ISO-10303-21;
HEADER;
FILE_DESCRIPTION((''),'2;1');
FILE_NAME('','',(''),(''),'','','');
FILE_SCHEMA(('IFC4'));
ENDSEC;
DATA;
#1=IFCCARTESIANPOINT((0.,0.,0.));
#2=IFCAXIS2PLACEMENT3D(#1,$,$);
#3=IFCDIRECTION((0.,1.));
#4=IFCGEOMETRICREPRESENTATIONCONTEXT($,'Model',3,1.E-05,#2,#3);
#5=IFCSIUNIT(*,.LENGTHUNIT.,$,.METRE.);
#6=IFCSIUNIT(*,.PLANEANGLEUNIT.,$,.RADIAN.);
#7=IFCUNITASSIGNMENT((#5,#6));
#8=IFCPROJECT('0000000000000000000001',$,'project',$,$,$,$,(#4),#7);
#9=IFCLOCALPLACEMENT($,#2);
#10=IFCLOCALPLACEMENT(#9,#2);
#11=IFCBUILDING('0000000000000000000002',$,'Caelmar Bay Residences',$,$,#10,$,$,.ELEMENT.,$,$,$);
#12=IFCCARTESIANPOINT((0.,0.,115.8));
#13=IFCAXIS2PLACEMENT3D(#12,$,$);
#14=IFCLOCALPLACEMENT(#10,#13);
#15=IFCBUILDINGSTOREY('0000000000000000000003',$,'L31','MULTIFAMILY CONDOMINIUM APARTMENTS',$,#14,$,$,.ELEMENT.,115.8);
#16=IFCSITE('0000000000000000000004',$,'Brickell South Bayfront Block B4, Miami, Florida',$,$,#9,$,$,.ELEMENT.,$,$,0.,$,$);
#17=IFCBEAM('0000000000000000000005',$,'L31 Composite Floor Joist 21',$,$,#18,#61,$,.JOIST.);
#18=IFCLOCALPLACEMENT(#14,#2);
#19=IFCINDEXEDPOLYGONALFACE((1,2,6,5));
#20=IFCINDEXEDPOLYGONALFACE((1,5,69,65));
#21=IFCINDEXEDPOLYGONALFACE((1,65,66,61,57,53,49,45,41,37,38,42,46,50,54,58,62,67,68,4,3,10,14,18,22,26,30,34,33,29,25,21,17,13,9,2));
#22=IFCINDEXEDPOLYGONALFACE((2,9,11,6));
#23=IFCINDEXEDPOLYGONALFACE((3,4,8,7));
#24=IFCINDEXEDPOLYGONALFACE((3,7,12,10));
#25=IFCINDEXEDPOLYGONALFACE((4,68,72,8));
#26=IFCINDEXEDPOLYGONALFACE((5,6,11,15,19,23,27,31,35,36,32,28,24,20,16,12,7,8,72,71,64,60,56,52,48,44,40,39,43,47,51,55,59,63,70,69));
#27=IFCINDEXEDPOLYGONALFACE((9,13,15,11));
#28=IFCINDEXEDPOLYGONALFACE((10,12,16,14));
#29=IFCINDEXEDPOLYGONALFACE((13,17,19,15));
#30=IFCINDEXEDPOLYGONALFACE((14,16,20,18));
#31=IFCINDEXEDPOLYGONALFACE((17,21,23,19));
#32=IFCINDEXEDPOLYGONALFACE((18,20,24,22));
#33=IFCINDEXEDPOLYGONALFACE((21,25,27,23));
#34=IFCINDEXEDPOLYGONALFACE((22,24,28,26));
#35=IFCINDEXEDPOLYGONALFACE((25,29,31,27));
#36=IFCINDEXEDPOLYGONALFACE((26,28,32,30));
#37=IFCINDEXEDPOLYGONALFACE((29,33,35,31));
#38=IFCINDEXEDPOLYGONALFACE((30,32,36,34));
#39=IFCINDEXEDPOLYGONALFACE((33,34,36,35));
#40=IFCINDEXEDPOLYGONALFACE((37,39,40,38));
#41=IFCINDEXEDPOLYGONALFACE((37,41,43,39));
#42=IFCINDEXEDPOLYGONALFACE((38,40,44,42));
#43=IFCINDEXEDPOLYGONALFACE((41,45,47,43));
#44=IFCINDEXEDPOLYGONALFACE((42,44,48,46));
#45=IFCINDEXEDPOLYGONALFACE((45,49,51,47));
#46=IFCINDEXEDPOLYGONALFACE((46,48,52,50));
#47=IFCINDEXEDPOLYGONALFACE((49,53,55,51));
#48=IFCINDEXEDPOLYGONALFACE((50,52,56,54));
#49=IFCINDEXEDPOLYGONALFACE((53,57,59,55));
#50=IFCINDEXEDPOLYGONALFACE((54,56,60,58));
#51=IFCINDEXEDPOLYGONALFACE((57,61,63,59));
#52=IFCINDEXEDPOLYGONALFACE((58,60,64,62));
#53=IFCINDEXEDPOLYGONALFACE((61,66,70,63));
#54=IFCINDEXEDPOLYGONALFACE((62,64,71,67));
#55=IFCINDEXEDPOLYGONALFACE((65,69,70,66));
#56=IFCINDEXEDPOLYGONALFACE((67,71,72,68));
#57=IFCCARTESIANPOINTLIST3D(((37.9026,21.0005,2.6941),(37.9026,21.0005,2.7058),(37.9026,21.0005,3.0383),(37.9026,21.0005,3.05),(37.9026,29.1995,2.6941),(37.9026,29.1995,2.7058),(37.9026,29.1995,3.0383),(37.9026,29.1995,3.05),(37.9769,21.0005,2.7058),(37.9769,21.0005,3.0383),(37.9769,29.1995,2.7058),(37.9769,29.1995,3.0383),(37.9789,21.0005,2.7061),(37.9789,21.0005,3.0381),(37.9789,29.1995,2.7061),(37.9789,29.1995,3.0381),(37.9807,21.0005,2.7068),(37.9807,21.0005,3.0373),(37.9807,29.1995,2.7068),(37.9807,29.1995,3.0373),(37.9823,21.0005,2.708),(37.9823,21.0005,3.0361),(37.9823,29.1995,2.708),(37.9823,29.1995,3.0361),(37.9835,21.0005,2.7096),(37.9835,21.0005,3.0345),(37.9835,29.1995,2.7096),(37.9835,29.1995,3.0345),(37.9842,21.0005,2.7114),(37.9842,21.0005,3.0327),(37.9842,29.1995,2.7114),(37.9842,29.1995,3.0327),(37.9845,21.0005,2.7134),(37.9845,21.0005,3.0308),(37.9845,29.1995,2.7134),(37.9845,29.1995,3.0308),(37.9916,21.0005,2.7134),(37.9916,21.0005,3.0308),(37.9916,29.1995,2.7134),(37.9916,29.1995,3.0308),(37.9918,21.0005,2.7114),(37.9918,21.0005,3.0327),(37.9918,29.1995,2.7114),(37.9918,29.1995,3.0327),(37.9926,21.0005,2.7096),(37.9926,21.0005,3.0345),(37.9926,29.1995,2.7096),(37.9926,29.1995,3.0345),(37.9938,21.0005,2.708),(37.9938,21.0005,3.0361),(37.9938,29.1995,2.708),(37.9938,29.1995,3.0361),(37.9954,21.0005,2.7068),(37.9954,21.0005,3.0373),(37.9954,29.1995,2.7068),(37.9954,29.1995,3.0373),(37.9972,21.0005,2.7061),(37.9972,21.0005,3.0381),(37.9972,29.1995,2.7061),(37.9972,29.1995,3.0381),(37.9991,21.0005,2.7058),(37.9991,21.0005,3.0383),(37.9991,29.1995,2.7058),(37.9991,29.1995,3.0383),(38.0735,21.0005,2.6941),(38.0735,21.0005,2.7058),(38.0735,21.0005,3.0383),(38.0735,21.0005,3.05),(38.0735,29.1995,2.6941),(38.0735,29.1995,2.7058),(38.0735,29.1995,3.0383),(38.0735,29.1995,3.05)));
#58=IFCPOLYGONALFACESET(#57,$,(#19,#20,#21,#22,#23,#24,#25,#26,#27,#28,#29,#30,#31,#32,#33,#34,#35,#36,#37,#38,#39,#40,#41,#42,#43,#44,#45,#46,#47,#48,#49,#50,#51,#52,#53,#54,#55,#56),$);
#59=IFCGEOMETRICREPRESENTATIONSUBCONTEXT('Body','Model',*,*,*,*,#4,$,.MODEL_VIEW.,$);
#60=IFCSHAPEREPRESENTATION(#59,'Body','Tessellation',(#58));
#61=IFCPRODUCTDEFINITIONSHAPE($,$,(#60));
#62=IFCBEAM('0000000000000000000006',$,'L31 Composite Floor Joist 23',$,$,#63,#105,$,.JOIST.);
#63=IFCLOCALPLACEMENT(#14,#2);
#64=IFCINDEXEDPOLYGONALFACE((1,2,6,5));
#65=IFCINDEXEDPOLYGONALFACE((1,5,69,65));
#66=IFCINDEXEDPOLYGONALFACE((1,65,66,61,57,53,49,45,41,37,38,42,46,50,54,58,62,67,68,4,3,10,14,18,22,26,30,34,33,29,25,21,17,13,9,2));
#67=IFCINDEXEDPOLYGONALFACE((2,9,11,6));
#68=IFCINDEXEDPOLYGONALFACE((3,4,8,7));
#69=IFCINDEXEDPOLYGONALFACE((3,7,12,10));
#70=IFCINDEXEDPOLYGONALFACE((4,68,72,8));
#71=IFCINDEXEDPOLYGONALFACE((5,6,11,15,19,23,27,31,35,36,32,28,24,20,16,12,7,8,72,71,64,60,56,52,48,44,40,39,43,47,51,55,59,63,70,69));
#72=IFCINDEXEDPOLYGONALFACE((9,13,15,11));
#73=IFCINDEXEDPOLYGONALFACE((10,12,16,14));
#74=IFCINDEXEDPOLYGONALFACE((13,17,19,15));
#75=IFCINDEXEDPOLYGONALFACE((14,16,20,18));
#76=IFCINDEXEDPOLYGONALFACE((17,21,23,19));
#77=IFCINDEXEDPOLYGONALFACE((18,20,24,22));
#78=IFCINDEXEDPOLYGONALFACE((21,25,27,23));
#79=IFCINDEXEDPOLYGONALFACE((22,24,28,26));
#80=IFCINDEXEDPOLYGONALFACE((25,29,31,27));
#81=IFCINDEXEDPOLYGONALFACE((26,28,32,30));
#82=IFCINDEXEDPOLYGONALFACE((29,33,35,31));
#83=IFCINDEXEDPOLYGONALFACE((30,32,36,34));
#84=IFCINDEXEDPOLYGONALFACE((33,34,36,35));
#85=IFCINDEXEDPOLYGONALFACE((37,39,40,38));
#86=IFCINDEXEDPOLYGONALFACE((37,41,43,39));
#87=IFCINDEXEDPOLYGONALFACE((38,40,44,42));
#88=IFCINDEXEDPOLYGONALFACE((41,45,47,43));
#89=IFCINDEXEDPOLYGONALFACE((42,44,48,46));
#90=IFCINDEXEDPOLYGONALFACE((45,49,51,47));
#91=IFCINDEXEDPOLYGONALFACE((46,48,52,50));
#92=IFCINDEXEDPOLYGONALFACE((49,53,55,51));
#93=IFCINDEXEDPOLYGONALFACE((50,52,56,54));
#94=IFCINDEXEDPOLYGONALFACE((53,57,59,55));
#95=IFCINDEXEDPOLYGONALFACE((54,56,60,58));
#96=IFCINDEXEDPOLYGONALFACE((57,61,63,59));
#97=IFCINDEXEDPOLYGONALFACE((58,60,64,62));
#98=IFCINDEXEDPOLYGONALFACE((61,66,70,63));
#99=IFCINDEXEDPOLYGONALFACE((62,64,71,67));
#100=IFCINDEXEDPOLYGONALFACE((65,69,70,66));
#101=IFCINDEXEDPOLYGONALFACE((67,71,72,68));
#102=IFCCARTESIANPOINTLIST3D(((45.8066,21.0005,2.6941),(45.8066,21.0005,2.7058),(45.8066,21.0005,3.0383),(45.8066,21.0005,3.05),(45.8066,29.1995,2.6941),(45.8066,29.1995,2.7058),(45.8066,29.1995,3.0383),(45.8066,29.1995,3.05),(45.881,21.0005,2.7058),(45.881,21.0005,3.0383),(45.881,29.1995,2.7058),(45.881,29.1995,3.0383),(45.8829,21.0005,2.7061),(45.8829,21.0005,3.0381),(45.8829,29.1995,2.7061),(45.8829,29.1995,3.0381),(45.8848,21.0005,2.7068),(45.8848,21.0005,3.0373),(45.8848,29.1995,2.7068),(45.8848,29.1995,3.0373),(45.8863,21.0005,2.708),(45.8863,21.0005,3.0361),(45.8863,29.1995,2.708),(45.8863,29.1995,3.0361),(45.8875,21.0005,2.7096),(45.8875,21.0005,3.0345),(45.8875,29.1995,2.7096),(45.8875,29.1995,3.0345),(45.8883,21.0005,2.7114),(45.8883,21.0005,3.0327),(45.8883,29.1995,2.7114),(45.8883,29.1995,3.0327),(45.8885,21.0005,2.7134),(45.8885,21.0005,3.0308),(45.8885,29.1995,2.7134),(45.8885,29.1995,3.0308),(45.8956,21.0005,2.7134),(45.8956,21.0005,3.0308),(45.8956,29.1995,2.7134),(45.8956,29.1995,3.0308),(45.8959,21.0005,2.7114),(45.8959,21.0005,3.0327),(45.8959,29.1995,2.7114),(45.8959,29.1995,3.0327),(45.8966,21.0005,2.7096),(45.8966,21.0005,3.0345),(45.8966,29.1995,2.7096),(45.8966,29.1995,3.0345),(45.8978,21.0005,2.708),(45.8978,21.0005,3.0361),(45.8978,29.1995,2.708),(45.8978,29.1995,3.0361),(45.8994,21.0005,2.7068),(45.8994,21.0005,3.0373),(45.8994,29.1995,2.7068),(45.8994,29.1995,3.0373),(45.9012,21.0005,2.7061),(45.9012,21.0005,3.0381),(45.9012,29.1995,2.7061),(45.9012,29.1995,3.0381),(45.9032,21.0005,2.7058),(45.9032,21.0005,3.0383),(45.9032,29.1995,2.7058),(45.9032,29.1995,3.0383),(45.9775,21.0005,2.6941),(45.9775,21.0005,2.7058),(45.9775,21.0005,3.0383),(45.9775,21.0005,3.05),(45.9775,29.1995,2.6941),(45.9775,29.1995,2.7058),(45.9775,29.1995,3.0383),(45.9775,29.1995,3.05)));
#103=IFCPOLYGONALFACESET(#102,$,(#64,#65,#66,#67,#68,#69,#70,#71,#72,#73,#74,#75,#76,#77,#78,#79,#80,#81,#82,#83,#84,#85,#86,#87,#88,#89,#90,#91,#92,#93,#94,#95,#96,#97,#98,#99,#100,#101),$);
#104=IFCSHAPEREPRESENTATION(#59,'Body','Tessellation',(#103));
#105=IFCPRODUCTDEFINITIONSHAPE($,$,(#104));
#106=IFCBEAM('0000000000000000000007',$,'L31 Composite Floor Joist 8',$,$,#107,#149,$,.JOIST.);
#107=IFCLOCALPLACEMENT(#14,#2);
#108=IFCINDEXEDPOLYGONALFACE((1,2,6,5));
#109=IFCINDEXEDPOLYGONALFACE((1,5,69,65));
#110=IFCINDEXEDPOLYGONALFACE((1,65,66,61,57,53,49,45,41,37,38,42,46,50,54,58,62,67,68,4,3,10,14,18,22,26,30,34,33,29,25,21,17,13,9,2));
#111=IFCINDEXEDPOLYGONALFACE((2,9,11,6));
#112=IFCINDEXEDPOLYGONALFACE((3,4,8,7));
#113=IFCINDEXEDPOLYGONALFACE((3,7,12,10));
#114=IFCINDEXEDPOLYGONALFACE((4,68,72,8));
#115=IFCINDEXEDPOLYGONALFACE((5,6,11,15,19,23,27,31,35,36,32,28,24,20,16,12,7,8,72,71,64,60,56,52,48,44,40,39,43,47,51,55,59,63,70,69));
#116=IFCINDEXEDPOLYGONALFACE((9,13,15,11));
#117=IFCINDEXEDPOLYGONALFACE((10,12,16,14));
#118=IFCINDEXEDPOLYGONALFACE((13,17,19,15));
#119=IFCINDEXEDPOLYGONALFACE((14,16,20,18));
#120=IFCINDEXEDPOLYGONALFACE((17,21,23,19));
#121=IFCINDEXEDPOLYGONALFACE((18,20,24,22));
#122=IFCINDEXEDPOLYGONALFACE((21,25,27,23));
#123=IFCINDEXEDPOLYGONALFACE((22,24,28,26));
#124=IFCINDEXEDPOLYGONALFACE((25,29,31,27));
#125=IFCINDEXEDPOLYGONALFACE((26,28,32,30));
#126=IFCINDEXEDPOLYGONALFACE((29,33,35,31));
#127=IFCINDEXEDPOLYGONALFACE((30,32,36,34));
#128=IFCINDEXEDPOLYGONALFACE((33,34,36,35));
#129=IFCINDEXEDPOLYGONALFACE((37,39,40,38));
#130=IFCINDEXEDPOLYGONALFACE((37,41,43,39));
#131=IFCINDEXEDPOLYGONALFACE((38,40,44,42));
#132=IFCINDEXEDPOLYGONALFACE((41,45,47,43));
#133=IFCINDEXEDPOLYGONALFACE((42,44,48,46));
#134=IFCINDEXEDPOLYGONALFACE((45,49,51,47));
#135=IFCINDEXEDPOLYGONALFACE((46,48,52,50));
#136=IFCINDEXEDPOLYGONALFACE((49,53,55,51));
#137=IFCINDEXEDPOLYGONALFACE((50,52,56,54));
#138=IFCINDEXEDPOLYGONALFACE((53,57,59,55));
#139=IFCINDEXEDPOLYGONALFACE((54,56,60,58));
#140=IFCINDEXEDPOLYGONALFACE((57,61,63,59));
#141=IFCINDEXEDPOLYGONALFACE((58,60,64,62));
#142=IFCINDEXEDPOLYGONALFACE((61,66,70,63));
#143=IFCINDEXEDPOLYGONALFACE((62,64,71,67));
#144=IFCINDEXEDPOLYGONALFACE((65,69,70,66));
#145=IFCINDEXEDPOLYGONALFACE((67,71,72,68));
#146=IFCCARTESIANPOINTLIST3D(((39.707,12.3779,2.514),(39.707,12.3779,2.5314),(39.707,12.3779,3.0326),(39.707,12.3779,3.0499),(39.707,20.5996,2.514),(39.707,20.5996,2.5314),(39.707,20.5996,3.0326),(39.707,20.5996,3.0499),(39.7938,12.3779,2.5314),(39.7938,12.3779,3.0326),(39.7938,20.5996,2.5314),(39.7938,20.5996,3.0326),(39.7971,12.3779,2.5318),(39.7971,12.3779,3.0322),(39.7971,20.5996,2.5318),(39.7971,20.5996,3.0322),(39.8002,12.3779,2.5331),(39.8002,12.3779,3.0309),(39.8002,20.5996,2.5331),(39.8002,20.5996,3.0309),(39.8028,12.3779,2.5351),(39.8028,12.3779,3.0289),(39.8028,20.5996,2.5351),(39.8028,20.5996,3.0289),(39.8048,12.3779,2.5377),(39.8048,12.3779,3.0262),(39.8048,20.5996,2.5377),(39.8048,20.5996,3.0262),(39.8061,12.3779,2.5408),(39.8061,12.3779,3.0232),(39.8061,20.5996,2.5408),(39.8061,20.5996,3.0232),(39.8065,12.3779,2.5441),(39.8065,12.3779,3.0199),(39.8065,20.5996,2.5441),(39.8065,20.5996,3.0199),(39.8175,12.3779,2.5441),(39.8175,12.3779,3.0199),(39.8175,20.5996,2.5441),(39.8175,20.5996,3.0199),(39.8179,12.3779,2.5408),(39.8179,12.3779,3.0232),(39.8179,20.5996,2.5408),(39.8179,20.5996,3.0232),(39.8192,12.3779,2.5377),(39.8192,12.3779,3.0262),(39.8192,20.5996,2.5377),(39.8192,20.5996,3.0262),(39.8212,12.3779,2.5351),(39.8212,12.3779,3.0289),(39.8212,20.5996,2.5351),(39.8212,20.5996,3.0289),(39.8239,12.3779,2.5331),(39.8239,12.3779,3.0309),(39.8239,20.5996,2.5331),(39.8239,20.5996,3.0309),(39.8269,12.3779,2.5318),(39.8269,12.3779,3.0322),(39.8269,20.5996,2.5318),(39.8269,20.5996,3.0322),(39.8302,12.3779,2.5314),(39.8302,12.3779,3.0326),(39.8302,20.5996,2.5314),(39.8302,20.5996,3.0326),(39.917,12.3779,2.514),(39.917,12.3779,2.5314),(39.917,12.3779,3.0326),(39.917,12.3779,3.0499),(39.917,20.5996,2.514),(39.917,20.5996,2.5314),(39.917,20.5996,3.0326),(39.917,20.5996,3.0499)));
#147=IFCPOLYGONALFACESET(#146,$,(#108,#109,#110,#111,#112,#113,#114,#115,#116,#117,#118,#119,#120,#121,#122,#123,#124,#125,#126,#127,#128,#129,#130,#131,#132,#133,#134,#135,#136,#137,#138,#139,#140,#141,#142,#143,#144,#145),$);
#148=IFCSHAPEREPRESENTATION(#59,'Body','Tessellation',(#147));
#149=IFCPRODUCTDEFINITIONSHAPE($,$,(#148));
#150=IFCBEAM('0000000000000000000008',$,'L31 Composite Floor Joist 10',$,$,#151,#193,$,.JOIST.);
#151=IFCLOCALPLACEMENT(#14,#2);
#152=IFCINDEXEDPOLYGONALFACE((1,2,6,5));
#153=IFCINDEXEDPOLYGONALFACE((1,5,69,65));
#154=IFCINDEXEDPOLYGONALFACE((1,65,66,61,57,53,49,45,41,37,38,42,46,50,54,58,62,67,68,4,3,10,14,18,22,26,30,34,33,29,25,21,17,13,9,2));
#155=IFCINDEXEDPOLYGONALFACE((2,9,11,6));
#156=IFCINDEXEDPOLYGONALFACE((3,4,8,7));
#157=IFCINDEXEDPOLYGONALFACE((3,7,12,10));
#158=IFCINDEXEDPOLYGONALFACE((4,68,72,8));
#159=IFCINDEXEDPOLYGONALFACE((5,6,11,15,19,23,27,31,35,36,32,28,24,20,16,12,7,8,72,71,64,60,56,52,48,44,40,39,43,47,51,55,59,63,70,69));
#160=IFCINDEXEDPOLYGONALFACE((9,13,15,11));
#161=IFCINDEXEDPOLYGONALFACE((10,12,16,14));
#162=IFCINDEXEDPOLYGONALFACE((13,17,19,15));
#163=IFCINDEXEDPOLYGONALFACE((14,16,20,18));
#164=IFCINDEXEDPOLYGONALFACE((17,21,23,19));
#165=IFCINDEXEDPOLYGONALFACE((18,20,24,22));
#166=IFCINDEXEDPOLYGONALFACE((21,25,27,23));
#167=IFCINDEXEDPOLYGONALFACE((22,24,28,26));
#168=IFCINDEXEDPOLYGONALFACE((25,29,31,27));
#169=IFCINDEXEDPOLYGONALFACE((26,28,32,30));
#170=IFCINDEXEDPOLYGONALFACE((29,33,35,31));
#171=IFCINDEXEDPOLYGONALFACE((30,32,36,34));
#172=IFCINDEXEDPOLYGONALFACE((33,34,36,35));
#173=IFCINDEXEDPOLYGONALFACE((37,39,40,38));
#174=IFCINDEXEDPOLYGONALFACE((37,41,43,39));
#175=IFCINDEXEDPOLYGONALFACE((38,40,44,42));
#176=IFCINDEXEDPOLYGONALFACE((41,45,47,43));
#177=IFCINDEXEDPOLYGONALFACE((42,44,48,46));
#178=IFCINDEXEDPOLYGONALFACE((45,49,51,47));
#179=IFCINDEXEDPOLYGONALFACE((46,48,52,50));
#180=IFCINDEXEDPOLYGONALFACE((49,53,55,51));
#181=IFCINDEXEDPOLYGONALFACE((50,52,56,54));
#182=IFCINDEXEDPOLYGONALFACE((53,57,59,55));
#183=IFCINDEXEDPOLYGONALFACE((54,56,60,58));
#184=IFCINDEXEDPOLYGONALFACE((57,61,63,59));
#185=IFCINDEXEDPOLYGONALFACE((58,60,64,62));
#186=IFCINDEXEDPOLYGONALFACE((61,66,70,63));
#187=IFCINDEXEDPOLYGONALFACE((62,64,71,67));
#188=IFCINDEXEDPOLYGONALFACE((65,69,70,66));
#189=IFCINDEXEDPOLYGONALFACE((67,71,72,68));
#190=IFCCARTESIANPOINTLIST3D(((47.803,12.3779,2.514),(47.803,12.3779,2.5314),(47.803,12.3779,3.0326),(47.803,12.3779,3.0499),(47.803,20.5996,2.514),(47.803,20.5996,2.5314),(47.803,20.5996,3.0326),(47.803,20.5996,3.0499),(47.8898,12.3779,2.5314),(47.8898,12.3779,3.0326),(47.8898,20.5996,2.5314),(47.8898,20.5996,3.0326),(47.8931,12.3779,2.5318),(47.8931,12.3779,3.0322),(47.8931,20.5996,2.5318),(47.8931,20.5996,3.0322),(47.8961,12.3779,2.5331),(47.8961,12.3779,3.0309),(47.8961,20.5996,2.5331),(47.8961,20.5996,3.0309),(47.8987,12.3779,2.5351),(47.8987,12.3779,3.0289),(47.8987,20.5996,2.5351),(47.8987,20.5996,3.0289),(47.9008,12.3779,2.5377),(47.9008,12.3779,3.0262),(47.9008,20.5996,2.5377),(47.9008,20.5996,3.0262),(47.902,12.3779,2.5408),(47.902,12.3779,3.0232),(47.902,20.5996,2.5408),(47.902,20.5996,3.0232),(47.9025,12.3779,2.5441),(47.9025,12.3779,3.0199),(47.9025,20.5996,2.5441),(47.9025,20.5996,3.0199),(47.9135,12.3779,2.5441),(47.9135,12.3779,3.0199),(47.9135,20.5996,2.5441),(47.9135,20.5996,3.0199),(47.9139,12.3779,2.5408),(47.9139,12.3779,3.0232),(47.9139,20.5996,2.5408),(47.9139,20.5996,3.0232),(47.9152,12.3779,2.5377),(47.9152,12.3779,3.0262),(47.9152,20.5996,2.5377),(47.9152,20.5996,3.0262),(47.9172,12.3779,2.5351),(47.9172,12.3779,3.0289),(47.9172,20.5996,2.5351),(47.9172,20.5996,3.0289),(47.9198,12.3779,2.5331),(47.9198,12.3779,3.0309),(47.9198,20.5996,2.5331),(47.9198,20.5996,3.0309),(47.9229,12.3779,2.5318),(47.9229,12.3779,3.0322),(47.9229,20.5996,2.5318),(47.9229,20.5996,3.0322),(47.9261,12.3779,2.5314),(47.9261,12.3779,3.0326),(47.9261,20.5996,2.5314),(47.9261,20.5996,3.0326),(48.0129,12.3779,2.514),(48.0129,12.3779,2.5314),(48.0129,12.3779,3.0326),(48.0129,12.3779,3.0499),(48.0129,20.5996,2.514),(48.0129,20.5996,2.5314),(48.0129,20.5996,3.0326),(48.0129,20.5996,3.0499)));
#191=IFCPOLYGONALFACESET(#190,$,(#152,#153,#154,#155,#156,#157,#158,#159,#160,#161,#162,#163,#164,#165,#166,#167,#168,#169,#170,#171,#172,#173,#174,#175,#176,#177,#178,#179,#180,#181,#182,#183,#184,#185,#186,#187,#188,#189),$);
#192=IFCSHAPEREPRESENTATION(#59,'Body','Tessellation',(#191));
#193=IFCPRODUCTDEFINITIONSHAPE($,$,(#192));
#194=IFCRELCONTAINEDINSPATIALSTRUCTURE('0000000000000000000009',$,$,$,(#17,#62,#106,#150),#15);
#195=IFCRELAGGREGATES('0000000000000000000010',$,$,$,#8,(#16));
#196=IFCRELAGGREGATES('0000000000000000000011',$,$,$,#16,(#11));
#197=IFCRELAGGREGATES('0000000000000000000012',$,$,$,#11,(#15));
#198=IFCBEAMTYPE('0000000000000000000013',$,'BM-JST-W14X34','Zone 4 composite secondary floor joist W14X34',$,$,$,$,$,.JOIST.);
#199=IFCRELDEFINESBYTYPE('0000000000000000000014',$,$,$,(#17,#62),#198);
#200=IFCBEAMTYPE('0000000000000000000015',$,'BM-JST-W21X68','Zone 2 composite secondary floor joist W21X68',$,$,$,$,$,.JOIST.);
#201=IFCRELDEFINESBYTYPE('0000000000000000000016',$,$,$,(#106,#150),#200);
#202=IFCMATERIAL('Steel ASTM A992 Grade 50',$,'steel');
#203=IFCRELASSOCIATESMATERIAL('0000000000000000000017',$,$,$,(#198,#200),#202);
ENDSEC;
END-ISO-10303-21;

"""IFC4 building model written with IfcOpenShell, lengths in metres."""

from ifc_helpers import new_model, si_unit, direction, frame, origin, origin_2d, place, context, subcontext, project, spatial, i_section, extrude, material, material_profile, profile_set, type_object, element, save


model = new_model("IFC4")

# Units and contexts
model_context = context("Model", 3, precision=1e-05, world=origin(), true_north=direction((0.0, 1.0)))
body_context = subcontext(model_context, "Body", "Model", "MODEL_VIEW")
ifc_project = project(units=[si_unit("LENGTHUNIT", "METRE"), si_unit("PLANEANGLEUNIT", "RADIAN")], contexts=[model_context])

# Site, building, storey
site_placement = place(None, origin())
site = spatial("IfcSite", under=ifc_project, at=site_placement, Name="Brickell South Bayfront Block B4, Miami, Florida", CompositionType="ELEMENT", RefElevation=0.0)
building_placement = place(site_placement, origin())
building = spatial("IfcBuilding", under=site, at=building_placement, Name="Caelmar Bay Residences", CompositionType="ELEMENT")
storey_placement = place(building_placement, frame((0.0, 0.0, 115.8)))
storey = spatial("IfcBuildingStorey", under=building, at=storey_placement, Name="L31", Description="MULTIFAMILY CONDOMINIUM APARTMENTS", CompositionType="ELEMENT", Elevation=115.8)

# Beams
ifc_material_1 = material(Name="Steel ASTM A992 Grade 50", Category="steel")
ifc_material_profile_1 = material_profile(ifc_material_1, i_section(OverallWidth=0.1709, OverallDepth=0.356, WebThickness=0.0071, FlangeThickness=0.0117, FilletRadius=0.0076, at=origin_2d()), Name="W14X34")
ifc_profile_set_1 = profile_set([ifc_material_profile_1], Name="Steel ASTM A992 Grade 50")
beam_type_1 = type_object("IfcBeamType", Name="BM-JST-W14X34", Description="Zone 4 composite secondary floor joist W14X34", PredefinedType="JOIST", material=ifc_profile_set_1)
for number, where, z_axis, x_axis, name in (
    (1, (37.988, 21.0005, 2.8721), (0.0, 1.0, 0.0), (-1.0, 0.0, 0.0), "L31 Composite Floor Joist 21"),
    (2, (45.8921, 21.0005, 2.8721), (0.0, 1.0, 0.0), (-1.0, 0.0, 0.0), "L31 Composite Floor Joist 23"),
):
    element("IfcBeam", number, at=place(storey_placement, frame(where, z_axis=z_axis, x_axis=x_axis)), inside=storey, type_object=beam_type_1, Name=name, PredefinedType="JOIST", context=body_context, shape_type="SweptSolid", body=[
        extrude(i_section(OverallWidth=0.1709, OverallDepth=0.356, WebThickness=0.0071, FlangeThickness=0.0117, FilletRadius=0.0076, at=origin_2d()), origin(), (0.0, 0.0, 1.0), 8.199),
    ])
ifc_material_profile_2 = material_profile(ifc_material_1, i_section(OverallWidth=0.21, OverallDepth=0.5359, WebThickness=0.011, FlangeThickness=0.0173, FilletRadius=0.0127, at=origin_2d()), Name="W21X68")
ifc_profile_set_2 = profile_set([ifc_material_profile_2], Name="Steel ASTM A992 Grade 50")
beam_type_2 = type_object("IfcBeamType", Name="BM-JST-W21X68", Description="Zone 2 composite secondary floor joist W21X68", PredefinedType="JOIST", material=ifc_profile_set_2)
for number, where, z_axis, x_axis, name in (
    (3, (39.812, 12.3779, 2.782), (0.0, 1.0, 0.0), (-1.0, 0.0, 0.0), "L31 Composite Floor Joist 8"),
    (4, (47.908, 12.3779, 2.782), (0.0, 1.0, 0.0), (-1.0, 0.0, 0.0), "L31 Composite Floor Joist 10"),
):
    element("IfcBeam", number, at=place(storey_placement, frame(where, z_axis=z_axis, x_axis=x_axis)), inside=storey, type_object=beam_type_2, Name=name, PredefinedType="JOIST", context=body_context, shape_type="SweptSolid", body=[
        extrude(i_section(OverallWidth=0.21, OverallDepth=0.5359, WebThickness=0.011, FlangeThickness=0.0173, FilletRadius=0.0127, at=origin_2d()), origin(), (0.0, 0.0, 1.0), 8.2217),
    ])

save(model, "model.ifc")
